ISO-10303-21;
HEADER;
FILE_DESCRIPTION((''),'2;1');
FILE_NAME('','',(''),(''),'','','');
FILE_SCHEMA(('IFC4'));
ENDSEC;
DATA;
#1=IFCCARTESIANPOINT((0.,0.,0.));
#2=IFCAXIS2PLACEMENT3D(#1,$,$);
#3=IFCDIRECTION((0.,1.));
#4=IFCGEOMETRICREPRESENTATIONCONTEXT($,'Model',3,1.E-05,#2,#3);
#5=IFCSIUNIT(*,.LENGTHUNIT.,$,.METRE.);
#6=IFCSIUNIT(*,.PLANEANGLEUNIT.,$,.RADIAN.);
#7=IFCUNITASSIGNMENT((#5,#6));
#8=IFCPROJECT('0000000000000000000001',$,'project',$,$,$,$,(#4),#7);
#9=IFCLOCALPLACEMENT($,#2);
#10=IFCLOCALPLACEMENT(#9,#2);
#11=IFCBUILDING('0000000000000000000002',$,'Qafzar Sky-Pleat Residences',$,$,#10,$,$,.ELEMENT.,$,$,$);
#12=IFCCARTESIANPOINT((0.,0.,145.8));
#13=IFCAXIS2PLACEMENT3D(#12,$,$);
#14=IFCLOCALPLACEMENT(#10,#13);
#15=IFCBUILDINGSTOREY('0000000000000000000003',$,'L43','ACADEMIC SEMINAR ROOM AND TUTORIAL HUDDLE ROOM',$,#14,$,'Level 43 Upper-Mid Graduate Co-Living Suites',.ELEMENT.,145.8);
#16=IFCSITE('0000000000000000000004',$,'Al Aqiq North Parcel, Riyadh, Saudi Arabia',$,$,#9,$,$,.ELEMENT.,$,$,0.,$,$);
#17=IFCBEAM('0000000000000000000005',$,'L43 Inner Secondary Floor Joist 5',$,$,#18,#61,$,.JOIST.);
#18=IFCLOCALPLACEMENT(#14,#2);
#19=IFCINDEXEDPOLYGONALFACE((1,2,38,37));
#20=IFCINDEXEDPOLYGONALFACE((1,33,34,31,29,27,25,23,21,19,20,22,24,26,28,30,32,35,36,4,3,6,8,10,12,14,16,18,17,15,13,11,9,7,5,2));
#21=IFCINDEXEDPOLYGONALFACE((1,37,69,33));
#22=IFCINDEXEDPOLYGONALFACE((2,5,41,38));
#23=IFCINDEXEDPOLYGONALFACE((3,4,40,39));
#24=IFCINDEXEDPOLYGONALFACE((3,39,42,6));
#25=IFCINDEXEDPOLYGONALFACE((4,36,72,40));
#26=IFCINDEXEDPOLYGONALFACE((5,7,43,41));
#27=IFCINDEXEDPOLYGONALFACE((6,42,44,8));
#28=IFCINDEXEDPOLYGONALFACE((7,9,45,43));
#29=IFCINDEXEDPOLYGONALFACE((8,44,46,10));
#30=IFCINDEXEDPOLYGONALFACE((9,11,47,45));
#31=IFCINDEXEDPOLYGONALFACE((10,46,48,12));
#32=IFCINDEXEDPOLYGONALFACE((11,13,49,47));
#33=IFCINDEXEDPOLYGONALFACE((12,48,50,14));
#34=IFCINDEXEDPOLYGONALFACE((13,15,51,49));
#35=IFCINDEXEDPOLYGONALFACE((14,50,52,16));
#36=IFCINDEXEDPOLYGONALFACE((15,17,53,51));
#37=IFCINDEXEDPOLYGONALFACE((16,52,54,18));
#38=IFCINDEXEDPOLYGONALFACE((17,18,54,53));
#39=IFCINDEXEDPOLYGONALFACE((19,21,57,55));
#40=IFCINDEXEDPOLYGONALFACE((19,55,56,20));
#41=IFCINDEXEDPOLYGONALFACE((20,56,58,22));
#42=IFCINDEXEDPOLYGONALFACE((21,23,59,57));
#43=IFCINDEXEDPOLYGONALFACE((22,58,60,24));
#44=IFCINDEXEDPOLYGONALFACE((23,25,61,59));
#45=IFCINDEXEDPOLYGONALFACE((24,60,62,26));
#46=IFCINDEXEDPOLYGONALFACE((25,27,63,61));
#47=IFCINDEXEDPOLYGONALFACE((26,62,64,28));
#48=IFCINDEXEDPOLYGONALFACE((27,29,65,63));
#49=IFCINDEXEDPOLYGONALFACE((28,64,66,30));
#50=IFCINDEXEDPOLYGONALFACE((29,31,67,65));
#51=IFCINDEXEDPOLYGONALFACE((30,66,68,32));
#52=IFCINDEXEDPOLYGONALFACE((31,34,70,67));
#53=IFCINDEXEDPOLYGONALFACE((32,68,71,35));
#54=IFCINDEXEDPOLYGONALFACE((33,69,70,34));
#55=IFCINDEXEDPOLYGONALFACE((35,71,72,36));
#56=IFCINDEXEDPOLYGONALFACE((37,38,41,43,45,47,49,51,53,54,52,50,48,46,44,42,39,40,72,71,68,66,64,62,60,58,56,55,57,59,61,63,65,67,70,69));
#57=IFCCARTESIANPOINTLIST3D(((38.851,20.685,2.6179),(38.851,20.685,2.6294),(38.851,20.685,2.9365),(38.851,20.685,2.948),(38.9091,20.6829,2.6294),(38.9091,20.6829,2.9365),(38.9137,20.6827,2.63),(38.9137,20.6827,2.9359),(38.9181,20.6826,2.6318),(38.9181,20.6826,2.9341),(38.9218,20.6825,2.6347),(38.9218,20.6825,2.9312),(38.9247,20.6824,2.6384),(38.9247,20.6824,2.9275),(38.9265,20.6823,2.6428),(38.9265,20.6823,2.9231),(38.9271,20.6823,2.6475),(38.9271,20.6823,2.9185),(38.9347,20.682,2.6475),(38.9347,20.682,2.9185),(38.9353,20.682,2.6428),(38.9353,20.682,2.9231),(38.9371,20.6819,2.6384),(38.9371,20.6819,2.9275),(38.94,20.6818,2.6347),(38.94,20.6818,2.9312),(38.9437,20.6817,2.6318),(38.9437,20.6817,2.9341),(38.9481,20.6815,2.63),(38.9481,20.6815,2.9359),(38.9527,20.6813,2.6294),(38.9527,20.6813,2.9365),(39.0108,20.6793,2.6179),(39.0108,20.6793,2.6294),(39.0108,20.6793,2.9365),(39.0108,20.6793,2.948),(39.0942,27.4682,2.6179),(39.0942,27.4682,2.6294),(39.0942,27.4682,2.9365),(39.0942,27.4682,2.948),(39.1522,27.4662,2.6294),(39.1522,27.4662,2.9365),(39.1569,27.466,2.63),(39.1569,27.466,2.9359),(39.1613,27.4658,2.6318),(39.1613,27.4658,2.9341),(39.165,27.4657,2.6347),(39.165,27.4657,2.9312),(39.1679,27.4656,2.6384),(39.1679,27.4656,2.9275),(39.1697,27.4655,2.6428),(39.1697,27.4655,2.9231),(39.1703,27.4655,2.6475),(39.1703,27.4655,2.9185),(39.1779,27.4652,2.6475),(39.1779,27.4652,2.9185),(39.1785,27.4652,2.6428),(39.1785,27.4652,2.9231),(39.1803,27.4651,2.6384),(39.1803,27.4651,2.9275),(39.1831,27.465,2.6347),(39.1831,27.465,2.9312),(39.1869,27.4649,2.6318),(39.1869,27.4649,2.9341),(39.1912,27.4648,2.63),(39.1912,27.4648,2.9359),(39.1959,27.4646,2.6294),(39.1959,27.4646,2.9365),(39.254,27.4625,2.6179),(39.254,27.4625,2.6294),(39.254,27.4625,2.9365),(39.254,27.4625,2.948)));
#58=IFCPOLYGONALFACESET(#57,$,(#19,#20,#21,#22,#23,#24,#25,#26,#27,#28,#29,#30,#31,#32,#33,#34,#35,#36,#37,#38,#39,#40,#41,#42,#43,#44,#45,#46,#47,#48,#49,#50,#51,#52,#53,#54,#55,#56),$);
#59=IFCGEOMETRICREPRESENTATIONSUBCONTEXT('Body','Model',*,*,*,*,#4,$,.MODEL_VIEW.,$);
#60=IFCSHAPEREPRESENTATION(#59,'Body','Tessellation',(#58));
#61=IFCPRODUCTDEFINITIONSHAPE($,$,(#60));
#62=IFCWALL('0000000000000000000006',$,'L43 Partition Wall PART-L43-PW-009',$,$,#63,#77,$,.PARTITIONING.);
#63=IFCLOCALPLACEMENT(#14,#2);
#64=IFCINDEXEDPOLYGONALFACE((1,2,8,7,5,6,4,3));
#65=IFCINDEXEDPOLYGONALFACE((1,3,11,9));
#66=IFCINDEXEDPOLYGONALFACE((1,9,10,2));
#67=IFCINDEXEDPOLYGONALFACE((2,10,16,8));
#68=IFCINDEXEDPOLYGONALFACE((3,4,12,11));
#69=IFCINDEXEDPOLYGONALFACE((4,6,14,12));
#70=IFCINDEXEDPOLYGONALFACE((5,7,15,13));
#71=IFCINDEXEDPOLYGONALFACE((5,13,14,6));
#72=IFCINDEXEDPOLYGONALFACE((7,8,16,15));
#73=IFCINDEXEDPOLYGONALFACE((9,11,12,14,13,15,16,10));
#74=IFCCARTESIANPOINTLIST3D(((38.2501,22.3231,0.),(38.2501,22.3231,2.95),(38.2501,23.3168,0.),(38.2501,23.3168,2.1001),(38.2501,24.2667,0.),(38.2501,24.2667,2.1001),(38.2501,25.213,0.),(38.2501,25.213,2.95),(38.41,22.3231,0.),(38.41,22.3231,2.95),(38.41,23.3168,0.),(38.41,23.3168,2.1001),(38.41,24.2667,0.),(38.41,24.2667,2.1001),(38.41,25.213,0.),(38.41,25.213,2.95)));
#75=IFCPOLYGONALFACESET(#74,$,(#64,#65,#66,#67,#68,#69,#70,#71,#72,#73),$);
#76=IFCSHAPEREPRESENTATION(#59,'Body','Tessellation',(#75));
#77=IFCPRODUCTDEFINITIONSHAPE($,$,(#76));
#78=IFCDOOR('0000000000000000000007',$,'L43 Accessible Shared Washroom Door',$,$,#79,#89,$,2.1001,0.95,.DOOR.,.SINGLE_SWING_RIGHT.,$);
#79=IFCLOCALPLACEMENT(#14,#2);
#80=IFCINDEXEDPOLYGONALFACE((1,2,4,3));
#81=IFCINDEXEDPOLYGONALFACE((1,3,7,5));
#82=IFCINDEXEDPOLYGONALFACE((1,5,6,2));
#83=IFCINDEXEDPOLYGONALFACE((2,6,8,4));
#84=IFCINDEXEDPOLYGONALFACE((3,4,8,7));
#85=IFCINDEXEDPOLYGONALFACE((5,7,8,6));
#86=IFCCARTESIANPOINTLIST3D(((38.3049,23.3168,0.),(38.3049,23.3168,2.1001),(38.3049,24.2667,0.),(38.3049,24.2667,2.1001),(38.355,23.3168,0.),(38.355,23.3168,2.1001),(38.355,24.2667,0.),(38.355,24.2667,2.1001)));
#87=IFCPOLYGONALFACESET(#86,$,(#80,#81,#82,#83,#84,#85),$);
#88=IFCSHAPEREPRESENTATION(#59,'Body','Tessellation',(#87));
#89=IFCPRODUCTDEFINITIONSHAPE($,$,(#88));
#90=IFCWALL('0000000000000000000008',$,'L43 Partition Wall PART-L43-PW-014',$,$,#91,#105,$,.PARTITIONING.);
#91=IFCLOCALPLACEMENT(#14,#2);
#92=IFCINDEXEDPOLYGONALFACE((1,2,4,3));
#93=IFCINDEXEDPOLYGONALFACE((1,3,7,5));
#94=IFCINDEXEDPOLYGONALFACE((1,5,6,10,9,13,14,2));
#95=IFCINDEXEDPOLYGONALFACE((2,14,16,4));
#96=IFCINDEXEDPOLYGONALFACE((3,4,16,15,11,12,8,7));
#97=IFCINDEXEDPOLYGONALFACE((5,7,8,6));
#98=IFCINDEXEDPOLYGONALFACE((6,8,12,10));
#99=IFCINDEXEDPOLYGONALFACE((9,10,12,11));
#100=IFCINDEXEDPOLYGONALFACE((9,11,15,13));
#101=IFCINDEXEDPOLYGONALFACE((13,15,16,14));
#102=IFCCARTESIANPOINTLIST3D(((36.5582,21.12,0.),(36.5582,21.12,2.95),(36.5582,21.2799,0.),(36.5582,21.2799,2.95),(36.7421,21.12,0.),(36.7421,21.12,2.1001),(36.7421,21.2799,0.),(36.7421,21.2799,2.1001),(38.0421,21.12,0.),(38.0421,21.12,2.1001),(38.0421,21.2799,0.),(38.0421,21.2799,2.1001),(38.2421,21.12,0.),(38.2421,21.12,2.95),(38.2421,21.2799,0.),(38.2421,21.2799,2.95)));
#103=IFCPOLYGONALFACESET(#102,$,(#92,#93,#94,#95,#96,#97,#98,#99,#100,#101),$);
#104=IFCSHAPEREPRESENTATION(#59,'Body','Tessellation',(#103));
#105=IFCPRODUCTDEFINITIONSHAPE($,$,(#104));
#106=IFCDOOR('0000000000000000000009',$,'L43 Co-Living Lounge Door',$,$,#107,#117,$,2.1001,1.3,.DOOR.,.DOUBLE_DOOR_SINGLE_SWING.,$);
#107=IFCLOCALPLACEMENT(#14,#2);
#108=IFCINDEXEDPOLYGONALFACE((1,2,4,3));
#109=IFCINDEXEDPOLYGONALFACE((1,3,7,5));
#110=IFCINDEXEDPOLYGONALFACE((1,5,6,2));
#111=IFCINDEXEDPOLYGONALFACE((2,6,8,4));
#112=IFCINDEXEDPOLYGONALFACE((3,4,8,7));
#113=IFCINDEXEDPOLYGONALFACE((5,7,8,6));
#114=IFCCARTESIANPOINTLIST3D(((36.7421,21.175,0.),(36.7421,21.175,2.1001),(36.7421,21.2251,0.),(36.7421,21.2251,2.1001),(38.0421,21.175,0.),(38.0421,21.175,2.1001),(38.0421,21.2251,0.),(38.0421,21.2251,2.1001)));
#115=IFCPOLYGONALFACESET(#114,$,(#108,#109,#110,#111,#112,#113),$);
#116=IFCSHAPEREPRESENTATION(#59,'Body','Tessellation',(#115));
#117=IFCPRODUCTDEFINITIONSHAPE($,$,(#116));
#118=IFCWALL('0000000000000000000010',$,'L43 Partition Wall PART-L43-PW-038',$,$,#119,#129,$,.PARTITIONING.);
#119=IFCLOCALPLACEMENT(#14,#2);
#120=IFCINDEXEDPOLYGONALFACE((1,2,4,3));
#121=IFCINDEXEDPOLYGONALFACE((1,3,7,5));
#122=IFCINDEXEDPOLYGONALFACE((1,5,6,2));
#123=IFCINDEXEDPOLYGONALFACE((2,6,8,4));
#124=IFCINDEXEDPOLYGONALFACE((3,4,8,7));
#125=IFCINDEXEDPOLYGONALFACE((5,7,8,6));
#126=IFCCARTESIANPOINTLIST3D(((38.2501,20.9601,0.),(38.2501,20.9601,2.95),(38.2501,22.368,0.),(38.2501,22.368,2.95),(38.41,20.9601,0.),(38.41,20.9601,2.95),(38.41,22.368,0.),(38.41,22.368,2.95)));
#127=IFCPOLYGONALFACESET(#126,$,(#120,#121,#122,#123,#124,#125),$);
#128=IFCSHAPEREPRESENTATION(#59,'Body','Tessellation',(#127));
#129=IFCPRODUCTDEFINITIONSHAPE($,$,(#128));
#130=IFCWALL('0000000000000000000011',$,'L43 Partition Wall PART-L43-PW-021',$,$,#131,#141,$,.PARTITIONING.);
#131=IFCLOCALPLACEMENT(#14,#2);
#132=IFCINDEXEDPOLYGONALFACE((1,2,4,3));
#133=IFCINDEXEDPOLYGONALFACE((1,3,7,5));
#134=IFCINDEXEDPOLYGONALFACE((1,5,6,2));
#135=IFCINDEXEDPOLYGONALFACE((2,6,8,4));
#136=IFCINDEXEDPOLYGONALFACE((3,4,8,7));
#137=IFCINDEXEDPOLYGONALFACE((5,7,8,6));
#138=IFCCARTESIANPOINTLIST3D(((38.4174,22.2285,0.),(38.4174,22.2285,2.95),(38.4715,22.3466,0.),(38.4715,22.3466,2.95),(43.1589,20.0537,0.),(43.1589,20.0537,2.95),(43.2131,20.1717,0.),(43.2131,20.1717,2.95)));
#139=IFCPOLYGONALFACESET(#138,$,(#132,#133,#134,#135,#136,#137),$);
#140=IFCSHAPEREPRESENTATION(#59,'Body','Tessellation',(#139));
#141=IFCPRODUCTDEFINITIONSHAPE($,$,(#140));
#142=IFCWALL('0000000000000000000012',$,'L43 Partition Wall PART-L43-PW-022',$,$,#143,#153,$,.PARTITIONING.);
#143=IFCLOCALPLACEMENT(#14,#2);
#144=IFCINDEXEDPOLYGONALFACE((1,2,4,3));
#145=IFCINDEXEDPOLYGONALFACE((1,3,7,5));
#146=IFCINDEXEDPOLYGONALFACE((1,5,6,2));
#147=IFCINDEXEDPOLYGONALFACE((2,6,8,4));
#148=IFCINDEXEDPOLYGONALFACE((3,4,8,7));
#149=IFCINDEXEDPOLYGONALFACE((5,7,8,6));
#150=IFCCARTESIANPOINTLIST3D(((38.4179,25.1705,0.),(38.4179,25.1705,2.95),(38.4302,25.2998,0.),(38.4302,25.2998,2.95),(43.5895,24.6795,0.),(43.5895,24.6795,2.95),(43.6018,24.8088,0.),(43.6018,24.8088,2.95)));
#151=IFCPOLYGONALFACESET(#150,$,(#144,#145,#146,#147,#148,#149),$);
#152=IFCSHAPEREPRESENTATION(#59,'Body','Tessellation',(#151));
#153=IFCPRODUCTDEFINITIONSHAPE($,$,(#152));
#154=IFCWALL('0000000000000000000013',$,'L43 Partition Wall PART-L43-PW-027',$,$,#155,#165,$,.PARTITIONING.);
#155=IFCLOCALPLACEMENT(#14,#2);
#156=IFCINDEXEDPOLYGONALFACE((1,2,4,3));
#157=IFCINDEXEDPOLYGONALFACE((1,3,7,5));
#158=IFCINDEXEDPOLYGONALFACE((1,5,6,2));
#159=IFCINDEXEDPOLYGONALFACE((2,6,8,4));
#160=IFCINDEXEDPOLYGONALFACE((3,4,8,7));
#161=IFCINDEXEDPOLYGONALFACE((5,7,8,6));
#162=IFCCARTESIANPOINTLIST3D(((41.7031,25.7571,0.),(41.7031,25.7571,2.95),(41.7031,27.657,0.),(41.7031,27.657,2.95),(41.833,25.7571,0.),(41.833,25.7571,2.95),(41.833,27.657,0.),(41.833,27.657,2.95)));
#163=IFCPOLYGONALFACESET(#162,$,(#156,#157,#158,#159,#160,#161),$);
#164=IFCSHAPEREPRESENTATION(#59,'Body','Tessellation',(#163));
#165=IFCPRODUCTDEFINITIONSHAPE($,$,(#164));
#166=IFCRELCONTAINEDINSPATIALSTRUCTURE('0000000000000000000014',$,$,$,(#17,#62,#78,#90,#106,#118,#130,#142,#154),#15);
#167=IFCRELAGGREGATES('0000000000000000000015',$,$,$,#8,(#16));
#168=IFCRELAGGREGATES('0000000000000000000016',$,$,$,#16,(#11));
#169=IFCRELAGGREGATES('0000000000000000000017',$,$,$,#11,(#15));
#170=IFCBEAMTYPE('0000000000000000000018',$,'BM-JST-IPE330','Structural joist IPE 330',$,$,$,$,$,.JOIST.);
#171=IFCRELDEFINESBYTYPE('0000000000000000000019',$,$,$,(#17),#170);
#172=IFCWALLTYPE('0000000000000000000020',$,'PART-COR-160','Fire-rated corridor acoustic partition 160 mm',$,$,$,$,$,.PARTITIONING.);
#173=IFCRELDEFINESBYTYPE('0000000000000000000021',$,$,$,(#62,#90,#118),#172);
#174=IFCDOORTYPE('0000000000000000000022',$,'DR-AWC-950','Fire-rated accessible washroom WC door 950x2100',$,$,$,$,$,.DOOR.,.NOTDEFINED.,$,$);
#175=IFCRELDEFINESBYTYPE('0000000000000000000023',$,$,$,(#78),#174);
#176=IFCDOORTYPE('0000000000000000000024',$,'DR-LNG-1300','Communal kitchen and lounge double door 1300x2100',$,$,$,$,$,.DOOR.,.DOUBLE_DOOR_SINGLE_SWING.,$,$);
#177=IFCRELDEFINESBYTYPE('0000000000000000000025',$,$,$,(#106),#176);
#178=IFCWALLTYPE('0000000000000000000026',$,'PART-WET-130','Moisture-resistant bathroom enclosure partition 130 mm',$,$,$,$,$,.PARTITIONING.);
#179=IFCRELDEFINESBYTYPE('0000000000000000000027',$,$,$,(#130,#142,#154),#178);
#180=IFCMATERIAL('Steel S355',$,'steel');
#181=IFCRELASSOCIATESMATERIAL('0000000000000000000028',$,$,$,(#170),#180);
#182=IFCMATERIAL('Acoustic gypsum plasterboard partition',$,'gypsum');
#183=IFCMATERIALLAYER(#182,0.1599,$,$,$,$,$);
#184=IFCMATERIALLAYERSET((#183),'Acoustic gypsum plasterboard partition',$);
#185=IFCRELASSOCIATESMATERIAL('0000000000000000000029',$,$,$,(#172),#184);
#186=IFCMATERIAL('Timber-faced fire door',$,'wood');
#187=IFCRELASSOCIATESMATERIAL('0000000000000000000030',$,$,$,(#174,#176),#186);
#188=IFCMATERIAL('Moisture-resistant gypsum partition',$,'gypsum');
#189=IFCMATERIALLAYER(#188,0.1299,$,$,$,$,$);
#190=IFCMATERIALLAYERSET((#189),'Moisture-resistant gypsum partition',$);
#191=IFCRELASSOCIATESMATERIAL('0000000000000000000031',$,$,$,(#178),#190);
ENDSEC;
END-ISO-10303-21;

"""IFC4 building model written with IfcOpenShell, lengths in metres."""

from ifc_helpers import new_model, si_unit, direction, frame, frame_2d, origin, origin_2d, place, context, subcontext, project, spatial, rectangle, i_section, extrude, source, transform, mapped, material, layer, layer_set, material_profile, profile_set, type_object, element, fill, save


model = new_model("IFC4")

# Units and contexts
model_context = context("Model", 3, precision=1e-05, world=origin(), true_north=direction((0.0, 1.0)))
body_context = subcontext(model_context, "Body", "Model", "MODEL_VIEW")
ifc_project = project(units=[si_unit("LENGTHUNIT", "METRE"), si_unit("PLANEANGLEUNIT", "RADIAN")], contexts=[model_context])

# Site, building, storey
site_placement = place(None, origin())
site = spatial("IfcSite", under=ifc_project, at=site_placement, Name="Al Aqiq North Parcel, Riyadh, Saudi Arabia", CompositionType="ELEMENT", RefElevation=0.0)
building_placement = place(site_placement, origin())
building = spatial("IfcBuilding", under=site, at=building_placement, Name="Qafzar Sky-Pleat Residences", CompositionType="ELEMENT")
storey_placement = place(building_placement, frame((0.0, 0.0, 145.8)))
storey = spatial("IfcBuildingStorey", under=building, at=storey_placement, Name="L43", Description="ACADEMIC SEMINAR ROOM AND TUTORIAL HUDDLE ROOM", LongName="Level 43 Upper-Mid Graduate Co-Living Suites", CompositionType="ELEMENT", Elevation=145.8)

# Shared definitions
ifc_material_1 = material(Name="Steel S355", Category="steel")

# Beam
ifc_material_profile_1 = material_profile(ifc_material_1, i_section(OverallWidth=0.1599, OverallDepth=0.3301, WebThickness=0.0076, FlangeThickness=0.0115, FilletRadius=0.0181, at=origin_2d()), Name="IPE 330")
ifc_profile_set_1 = profile_set([ifc_material_profile_1], Name="Steel S355")
beam_type_1 = type_object("IfcBeamType", Name="BM-JST-IPE330", Description="Structural joist IPE 330", PredefinedType="JOIST", material=ifc_profile_set_1)
shared_shape_1 = source(origin(), body_context, "Body", "SweptSolid", [
    extrude(i_section(OverallWidth=0.1599, OverallDepth=0.3301, WebThickness=0.0076, FlangeThickness=0.0115, FilletRadius=0.0181, at=origin_2d()), origin(), (0.0, 0.0, 1.0), 6.7876),
])
beam_1_placement = place(storey_placement, frame((38.9309, 20.6821, 2.783), z_axis=(0.035825, 0.999358, 0.0), x_axis=(-0.999358, 0.035825, 0.0)))
element("IfcBeam", 1, at=beam_1_placement, inside=storey, type_object=beam_type_1, Name="L43 Inner Secondary Floor Joist 5", PredefinedType="JOIST", context=body_context, shape_type="MappedRepresentation", body=[
    mapped(shared_shape_1, transform((0.0, 0.0, 0.0), x_axis=(1.0, 0.0, 0.0), y_axis=(0.0, 1.0, 0.0), z_axis=(0.0, 0.0, 1.0), scale=1.0)),
])

# Walls, openings, doors
ifc_material_2 = material(Name="Acoustic gypsum plasterboard partition", Category="gypsum")
ifc_layer_1 = layer(ifc_material_2, 0.1599)
ifc_layer_set_1 = layer_set([ifc_layer_1], Name="Acoustic gypsum plasterboard partition")
wall_type_1 = type_object("IfcWallType", Name="PART-COR-160", Description="Fire-rated corridor acoustic partition 160 mm", PredefinedType="PARTITIONING", material=ifc_layer_set_1)
wall_1_placement = place(storey_placement, frame((38.3301, 25.2129, 0.0), z_axis=(0.0, 0.0, 1.0), x_axis=(0.0, -1.0, 0.0)))
wall_1 = element("IfcWall", 2, at=wall_1_placement, inside=storey, type_object=wall_type_1, Name="L43 Partition Wall PART-L43-PW-009", PredefinedType="PARTITIONING", context=body_context, shape_type="SweptSolid", body=[
    extrude(rectangle(XDim=2.8899, YDim=0.1599, at=frame_2d((1.4448, 0.0))), origin(), (0.0, 0.0, 1.0), 2.95),
])
opening_1_placement = place(wall_1_placement, frame((0.946, 0.0, 0.0)))
opening_1 = element("IfcOpeningElement", 3, at=opening_1_placement, cuts=wall_1, PredefinedType="OPENING", context=body_context, shape_type="SweptSolid", body=[
    extrude(rectangle(XDim=0.95, YDim=2.1001, at=frame_2d((0.4751, 1.05))), frame((0.0, 0.0898, 0.0), z_axis=(0.0, -1.0, 0.0), x_axis=(1.0, 0.0, 0.0)), (0.0, 0.0, 1.0), 0.1799),
])
ifc_material_3 = material(Name="Timber-faced fire door", Category="wood")
door_type_1 = type_object("IfcDoorType", Name="DR-AWC-950", Description="Fire-rated accessible washroom WC door 950x2100", OperationType="NOTDEFINED", PredefinedType="DOOR", material=ifc_material_3)
shared_shape_2 = source(origin(), body_context, "Body", "SweptSolid", [
    extrude(rectangle(XDim=0.95, YDim=2.1001, at=frame_2d((0.4751, 1.05))), frame((0.0, 0.0249, 0.0), z_axis=(0.0, -1.0, 0.0), x_axis=(1.0, 0.0, 0.0)), (0.0, 0.0, 1.0), 0.05),
])
door_1_placement = place(opening_1_placement, origin())
door_1 = element("IfcDoor", 4, at=door_1_placement, inside=storey, type_object=door_type_1, Name="L43 Accessible Shared Washroom Door", OperationType="SINGLE_SWING_RIGHT", OverallHeight=2.1001, OverallWidth=0.95, PredefinedType="DOOR", context=body_context, shape_type="MappedRepresentation", body=[
    mapped(shared_shape_2, transform((0.0, 0.0, 0.0), x_axis=(1.0, 0.0, 0.0), y_axis=(0.0, 1.0, 0.0), z_axis=(0.0, 0.0, 1.0), scale=1.0)),
])
fill(opening_1, door_1)
wall_2_placement = place(storey_placement, frame((38.2419, 21.2, 0.0), z_axis=(0.0, 0.0, 1.0), x_axis=(-1.0, 0.0, 0.0)))
wall_2 = element("IfcWall", 5, at=wall_2_placement, inside=storey, type_object=wall_type_1, Name="L43 Partition Wall PART-L43-PW-014", PredefinedType="PARTITIONING", context=body_context, shape_type="SweptSolid", body=[
    extrude(rectangle(XDim=1.6838, YDim=0.1599, at=frame_2d((0.8418, 0.0))), origin(), (0.0, 0.0, 1.0), 2.95),
])
opening_2_placement = place(wall_2_placement, frame((0.2, 0.0, 0.0)))
opening_2 = element("IfcOpeningElement", 6, at=opening_2_placement, cuts=wall_2, PredefinedType="OPENING", context=body_context, shape_type="SweptSolid", body=[
    extrude(rectangle(XDim=1.3, YDim=2.1001, at=frame_2d((0.6499, 1.05))), frame((0.0, 0.0898, 0.0), z_axis=(0.0, -1.0, 0.0), x_axis=(1.0, 0.0, 0.0)), (0.0, 0.0, 1.0), 0.1799),
])
door_type_2 = type_object("IfcDoorType", Name="DR-LNG-1300", Description="Communal kitchen and lounge double door 1300x2100", OperationType="DOUBLE_DOOR_SINGLE_SWING", PredefinedType="DOOR", material=ifc_material_3)
shared_shape_3 = source(origin(), body_context, "Body", "SweptSolid", [
    extrude(rectangle(XDim=1.3, YDim=2.1001, at=frame_2d((0.6499, 1.05))), frame((0.0, 0.0249, 0.0), z_axis=(0.0, -1.0, 0.0), x_axis=(1.0, 0.0, 0.0)), (0.0, 0.0, 1.0), 0.05),
])
door_2_placement = place(opening_2_placement, origin())
door_2 = element("IfcDoor", 7, at=door_2_placement, inside=storey, type_object=door_type_2, Name="L43 Co-Living Lounge Door", OperationType="DOUBLE_DOOR_SINGLE_SWING", OverallHeight=2.1001, OverallWidth=1.3, PredefinedType="DOOR", context=body_context, shape_type="MappedRepresentation", body=[
    mapped(shared_shape_3, transform((0.0, 0.0, 0.0), x_axis=(1.0, 0.0, 0.0), y_axis=(0.0, 1.0, 0.0), z_axis=(0.0, 0.0, 1.0), scale=1.0)),
])
fill(opening_2, door_2)

# Walls
wall_3_placement = place(storey_placement, frame((38.3301, 20.96, 0.0), z_axis=(0.0, 0.0, 1.0), x_axis=(0.0, 1.0, 0.0)))
element("IfcWall", 8, at=wall_3_placement, inside=storey, type_object=wall_type_1, Name="L43 Partition Wall PART-L43-PW-038", PredefinedType="PARTITIONING", context=body_context, shape_type="SweptSolid", body=[
    extrude(rectangle(XDim=1.408, YDim=0.1599, at=frame_2d((0.7041, 0.0))), origin(), (0.0, 0.0, 1.0), 2.95),
])
ifc_material_4 = material(Name="Moisture-resistant gypsum partition", Category="gypsum")
ifc_layer_2 = layer(ifc_material_4, 0.1299)
ifc_layer_set_2 = layer_set([ifc_layer_2], Name="Moisture-resistant gypsum partition")
wall_type_2 = type_object("IfcWallType", Name="PART-WET-130", Description="Moisture-resistant bathroom enclosure partition 130 mm", PredefinedType="PARTITIONING", material=ifc_layer_set_2)
wall_4_placement = place(storey_placement, frame((38.4443, 22.2876, 0.0), z_axis=(0.0, 0.0, 1.0), x_axis=(0.908946, -0.416914, 0.0)))
element("IfcWall", 9, at=wall_4_placement, inside=storey, type_object=wall_type_2, Name="L43 Partition Wall PART-L43-PW-021", PredefinedType="PARTITIONING", context=body_context, shape_type="SweptSolid", body=[
    extrude(rectangle(XDim=5.2166, YDim=0.1299, at=frame_2d((2.6084, 0.0))), origin(), (0.0, 0.0, 1.0), 2.95),
])
wall_5_placement = place(storey_placement, frame((38.4241, 25.2351, 0.0), z_axis=(0.0, 0.0, 1.0), x_axis=(0.995524, -0.09451, 0.0)))
element("IfcWall", 10, at=wall_5_placement, inside=storey, type_object=wall_type_2, Name="L43 Partition Wall PART-L43-PW-022", PredefinedType="PARTITIONING", context=body_context, shape_type="SweptSolid", body=[
    extrude(rectangle(XDim=5.1948, YDim=0.1299, at=frame_2d((2.5974, 0.0))), origin(), (0.0, 0.0, 1.0), 2.95),
])
wall_6_placement = place(storey_placement, frame((41.7681, 25.7571, 0.0), z_axis=(0.0, 0.0, 1.0), x_axis=(0.0, 1.0, 0.0)))
element("IfcWall", 11, at=wall_6_placement, inside=storey, type_object=wall_type_2, Name="L43 Partition Wall PART-L43-PW-027", PredefinedType="PARTITIONING", context=body_context, shape_type="SweptSolid", body=[
    extrude(rectangle(XDim=1.8999, YDim=0.1299, at=frame_2d((0.95, 0.0))), origin(), (0.0, 0.0, 1.0), 2.95),
])

save(model, "model.ifc")
